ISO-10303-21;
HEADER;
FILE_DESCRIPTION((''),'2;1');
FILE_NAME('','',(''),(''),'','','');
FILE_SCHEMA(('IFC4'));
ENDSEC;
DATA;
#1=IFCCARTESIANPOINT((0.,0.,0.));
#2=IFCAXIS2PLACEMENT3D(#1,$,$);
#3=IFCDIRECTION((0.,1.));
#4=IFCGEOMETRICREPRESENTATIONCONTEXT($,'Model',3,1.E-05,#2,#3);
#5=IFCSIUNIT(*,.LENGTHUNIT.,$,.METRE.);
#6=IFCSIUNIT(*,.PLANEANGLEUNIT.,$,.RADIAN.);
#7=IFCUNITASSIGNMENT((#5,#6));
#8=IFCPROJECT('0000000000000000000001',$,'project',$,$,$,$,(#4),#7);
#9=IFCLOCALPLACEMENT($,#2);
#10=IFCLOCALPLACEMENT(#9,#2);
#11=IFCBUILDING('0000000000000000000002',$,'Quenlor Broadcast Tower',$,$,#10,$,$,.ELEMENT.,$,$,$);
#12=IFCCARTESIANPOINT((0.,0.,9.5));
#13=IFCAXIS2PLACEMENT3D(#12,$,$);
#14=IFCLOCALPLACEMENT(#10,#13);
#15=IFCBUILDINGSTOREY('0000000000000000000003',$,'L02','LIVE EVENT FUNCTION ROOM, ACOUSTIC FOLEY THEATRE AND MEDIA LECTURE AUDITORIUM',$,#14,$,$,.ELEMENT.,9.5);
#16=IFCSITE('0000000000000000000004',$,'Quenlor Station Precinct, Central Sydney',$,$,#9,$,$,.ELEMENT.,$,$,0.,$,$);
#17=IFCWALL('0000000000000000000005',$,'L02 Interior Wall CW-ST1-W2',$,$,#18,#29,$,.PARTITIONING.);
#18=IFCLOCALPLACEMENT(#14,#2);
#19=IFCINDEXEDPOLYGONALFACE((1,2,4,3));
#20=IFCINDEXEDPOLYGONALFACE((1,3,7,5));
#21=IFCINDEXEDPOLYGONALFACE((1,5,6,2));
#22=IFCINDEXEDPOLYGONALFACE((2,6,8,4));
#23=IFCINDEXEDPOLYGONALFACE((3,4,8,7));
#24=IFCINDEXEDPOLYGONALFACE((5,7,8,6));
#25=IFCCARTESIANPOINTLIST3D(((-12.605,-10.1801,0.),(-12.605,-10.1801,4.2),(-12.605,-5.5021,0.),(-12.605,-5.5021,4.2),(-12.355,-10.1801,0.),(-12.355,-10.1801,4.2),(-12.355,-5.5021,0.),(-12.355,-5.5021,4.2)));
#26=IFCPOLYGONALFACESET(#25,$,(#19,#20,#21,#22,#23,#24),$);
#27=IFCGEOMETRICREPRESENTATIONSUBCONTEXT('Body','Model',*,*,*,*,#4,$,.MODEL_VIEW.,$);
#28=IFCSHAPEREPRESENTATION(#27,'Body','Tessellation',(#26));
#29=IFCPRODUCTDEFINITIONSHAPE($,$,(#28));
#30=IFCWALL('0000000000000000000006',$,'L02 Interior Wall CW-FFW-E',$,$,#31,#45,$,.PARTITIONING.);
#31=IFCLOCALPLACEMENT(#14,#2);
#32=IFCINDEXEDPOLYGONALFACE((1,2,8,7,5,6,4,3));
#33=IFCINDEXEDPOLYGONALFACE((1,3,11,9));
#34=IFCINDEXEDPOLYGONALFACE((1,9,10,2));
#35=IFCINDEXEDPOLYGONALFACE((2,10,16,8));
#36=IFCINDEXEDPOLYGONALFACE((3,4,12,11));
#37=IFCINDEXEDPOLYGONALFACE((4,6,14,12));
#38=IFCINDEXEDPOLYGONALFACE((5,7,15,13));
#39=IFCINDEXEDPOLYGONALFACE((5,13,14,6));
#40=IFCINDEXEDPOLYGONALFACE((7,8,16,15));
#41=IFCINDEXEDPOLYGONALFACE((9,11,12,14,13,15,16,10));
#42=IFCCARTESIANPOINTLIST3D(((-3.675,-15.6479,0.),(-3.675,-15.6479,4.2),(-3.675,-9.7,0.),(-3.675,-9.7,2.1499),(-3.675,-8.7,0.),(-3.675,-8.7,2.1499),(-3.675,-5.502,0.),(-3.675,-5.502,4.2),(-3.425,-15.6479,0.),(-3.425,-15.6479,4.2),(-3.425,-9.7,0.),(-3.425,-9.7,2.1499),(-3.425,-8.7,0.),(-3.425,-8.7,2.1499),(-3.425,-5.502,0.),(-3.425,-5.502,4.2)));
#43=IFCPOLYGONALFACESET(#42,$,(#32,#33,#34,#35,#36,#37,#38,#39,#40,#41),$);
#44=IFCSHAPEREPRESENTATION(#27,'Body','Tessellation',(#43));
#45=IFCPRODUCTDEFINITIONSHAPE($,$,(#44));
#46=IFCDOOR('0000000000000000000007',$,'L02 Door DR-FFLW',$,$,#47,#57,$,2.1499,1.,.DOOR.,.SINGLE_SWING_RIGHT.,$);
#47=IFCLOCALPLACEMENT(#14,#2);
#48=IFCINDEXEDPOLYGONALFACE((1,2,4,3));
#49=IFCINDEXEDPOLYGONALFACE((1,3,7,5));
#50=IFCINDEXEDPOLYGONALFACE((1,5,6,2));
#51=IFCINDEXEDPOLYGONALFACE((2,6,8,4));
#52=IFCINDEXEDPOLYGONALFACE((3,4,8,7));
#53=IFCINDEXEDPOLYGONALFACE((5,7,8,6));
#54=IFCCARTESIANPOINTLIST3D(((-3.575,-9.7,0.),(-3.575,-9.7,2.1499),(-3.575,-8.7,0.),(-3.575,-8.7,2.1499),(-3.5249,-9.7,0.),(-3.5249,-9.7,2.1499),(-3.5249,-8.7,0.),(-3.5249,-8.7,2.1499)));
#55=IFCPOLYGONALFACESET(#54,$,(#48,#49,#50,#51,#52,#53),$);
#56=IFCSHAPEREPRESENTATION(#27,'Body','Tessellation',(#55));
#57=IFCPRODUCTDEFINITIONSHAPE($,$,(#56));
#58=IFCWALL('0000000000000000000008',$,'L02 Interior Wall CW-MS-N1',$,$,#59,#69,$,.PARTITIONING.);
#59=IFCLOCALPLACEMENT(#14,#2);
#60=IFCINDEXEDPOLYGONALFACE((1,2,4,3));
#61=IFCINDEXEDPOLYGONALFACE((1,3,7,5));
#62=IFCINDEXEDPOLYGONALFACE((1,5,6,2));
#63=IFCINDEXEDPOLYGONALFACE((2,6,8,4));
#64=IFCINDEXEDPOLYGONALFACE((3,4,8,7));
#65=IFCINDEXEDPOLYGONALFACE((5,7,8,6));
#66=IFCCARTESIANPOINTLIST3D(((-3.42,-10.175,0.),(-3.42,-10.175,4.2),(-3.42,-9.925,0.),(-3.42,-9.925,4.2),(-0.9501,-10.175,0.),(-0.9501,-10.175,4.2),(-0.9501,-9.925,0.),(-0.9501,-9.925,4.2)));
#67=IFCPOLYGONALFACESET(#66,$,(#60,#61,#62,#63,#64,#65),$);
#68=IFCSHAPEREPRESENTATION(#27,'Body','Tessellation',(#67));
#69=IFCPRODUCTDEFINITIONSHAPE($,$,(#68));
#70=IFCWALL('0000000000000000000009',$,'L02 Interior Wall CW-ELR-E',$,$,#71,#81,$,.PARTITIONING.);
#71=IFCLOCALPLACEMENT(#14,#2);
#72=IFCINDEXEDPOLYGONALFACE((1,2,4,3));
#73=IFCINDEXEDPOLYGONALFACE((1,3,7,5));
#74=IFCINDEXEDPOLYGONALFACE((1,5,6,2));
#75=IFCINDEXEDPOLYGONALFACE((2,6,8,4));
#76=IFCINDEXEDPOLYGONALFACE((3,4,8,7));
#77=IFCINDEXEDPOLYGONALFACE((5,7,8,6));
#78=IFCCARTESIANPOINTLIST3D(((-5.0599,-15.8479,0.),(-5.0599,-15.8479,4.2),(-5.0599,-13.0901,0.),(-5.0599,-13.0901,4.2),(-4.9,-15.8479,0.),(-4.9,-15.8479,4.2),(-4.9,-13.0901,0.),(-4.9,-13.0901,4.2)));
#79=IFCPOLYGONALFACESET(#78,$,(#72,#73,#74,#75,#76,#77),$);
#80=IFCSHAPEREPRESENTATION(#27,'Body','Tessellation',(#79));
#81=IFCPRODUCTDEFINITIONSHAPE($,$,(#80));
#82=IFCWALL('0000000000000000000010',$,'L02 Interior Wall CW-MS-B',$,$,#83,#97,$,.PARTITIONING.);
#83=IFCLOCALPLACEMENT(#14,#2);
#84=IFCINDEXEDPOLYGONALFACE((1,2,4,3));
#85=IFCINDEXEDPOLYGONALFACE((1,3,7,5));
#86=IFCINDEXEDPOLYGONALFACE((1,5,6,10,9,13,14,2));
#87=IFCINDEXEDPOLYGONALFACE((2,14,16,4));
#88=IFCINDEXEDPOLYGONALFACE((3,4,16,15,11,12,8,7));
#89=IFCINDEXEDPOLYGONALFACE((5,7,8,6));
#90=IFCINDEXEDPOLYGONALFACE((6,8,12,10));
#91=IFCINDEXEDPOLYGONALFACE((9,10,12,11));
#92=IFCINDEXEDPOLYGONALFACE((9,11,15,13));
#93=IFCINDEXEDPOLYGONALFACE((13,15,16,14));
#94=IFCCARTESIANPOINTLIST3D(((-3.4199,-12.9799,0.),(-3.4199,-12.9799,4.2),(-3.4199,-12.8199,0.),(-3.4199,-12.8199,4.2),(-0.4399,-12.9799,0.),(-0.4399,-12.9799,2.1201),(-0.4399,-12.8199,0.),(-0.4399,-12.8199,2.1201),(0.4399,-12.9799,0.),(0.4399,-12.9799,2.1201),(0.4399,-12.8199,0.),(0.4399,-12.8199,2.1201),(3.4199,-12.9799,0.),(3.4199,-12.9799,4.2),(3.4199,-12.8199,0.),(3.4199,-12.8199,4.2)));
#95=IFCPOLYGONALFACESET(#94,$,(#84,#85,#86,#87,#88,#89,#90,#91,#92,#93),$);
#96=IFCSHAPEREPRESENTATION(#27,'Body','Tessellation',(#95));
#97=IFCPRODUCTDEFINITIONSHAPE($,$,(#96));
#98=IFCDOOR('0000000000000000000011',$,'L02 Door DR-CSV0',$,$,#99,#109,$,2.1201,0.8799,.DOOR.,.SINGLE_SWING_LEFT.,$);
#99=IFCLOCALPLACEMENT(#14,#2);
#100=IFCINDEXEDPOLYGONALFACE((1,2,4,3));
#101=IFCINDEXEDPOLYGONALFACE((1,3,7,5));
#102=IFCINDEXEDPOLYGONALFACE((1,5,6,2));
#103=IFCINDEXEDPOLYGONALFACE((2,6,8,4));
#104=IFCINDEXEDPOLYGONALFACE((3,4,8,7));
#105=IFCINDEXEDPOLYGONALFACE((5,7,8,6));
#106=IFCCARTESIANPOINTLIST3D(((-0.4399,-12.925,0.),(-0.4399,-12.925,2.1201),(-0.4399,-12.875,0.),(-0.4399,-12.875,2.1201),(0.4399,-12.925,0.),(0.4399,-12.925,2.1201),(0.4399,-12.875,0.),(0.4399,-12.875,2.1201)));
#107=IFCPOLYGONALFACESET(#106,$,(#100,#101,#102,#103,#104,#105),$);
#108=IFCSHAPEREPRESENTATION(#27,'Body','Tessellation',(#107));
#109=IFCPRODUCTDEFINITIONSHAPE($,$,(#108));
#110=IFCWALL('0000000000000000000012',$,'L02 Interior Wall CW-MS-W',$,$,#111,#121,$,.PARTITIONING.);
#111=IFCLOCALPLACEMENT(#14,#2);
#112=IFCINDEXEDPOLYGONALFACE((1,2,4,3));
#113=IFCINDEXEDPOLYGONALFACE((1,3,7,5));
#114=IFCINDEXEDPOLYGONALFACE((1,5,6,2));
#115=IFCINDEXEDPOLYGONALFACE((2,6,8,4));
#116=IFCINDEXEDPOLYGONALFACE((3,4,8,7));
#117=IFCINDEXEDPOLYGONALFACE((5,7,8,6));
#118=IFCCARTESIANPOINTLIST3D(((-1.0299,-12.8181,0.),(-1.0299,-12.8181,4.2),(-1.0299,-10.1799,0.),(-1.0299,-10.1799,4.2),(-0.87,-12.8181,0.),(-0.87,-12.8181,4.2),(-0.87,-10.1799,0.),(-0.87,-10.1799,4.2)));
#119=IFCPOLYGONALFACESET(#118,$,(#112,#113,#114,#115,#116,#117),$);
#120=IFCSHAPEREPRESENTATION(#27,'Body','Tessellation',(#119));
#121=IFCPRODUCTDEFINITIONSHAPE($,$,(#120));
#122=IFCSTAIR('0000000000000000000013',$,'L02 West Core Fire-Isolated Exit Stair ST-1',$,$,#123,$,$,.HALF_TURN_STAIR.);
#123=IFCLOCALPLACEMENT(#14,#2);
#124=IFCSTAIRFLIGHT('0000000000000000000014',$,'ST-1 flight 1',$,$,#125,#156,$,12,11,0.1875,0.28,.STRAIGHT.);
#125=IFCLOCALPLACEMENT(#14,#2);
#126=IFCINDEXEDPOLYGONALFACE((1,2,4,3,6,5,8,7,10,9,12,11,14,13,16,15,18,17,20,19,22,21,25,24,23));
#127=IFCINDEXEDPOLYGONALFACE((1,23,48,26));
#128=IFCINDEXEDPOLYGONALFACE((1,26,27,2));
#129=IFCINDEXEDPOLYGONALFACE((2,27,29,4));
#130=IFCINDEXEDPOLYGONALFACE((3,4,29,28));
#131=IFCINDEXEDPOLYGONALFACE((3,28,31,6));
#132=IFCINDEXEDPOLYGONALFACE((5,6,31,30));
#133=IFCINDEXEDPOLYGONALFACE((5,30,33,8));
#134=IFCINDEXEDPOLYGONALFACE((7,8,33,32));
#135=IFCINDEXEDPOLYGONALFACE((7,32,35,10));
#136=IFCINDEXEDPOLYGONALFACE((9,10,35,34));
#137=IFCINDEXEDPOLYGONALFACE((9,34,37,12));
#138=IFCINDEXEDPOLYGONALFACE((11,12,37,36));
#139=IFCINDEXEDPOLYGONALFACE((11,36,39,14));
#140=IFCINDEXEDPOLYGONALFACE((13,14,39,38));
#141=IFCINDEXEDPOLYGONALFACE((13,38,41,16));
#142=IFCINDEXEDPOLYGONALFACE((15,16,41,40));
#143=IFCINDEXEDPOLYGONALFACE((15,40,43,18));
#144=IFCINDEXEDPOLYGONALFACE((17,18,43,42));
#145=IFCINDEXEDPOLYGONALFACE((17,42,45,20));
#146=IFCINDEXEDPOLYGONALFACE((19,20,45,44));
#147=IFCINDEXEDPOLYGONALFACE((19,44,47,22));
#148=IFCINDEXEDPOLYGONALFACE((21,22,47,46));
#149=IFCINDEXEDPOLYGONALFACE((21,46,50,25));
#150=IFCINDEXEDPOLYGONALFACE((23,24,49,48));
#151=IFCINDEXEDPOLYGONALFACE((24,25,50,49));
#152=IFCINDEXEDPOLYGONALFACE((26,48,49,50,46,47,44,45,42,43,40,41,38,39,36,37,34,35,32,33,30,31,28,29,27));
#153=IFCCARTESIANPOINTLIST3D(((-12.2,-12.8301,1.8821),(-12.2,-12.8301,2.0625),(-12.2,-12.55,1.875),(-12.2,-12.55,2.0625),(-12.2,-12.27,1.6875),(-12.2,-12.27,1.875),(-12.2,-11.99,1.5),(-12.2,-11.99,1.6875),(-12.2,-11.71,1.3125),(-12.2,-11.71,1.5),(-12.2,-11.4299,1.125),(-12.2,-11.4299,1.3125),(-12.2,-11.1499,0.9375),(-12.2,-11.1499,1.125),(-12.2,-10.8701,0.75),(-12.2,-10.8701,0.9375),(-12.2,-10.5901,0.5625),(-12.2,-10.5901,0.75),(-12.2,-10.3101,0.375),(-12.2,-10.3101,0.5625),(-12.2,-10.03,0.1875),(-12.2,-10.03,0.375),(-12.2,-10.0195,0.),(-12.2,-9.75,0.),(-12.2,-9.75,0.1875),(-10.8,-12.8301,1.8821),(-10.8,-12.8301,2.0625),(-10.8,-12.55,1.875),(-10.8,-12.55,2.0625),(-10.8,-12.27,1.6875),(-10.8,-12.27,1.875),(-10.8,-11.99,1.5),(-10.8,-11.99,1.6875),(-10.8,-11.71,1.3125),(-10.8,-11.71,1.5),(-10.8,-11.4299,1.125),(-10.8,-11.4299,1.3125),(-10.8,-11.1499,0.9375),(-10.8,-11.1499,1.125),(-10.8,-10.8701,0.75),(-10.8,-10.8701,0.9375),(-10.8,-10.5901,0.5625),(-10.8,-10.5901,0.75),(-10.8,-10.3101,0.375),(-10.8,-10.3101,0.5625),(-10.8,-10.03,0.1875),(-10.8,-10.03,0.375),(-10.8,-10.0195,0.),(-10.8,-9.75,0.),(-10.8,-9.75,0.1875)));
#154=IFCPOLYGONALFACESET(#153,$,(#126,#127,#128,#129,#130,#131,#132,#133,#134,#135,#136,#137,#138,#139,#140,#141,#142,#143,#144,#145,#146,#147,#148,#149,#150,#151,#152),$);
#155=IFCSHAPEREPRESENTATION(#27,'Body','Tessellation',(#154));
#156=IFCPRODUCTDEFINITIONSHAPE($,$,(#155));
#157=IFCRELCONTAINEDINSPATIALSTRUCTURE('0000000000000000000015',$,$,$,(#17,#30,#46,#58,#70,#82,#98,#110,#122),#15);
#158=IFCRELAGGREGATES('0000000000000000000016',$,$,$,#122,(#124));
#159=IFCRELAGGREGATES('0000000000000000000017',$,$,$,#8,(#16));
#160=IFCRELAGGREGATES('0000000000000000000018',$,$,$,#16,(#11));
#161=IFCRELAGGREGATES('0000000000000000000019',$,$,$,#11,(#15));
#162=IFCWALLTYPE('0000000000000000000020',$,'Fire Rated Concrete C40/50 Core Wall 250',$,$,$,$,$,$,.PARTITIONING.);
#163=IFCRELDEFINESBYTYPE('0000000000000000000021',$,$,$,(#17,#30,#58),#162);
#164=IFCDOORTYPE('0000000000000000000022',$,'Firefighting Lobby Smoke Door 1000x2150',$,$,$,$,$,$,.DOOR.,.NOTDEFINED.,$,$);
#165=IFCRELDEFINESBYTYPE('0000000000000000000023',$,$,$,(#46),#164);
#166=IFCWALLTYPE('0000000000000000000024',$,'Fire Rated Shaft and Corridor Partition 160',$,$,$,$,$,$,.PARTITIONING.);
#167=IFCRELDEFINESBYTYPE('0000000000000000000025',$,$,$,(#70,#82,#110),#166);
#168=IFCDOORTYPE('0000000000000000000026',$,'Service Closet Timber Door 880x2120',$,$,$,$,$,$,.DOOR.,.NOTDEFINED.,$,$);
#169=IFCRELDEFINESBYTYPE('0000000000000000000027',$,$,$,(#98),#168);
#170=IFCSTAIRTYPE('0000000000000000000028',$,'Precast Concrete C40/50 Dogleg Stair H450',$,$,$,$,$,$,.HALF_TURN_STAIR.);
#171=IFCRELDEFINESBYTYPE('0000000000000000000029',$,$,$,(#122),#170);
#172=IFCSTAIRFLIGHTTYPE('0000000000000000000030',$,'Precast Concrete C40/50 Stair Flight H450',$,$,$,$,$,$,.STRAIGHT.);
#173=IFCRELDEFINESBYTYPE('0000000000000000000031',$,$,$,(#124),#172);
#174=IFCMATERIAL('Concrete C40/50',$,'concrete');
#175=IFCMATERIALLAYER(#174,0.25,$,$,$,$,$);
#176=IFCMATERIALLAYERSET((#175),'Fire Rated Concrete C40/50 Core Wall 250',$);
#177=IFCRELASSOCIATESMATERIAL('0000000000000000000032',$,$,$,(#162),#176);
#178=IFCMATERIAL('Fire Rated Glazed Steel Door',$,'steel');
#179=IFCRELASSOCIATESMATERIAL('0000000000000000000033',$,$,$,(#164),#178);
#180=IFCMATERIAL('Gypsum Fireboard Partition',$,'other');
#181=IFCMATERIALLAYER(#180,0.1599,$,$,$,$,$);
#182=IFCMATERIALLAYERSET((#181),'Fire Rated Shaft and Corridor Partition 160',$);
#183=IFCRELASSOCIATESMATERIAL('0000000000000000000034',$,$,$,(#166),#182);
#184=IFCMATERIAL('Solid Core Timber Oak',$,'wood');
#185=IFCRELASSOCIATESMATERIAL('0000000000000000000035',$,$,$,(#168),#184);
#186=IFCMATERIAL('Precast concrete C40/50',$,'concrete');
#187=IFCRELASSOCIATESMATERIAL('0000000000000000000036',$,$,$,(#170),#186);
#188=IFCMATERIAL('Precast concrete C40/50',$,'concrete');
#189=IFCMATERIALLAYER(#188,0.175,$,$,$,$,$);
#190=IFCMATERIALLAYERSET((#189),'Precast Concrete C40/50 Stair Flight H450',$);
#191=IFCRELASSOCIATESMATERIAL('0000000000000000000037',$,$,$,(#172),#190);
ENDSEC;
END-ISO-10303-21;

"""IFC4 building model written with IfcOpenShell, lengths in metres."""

from ifc_helpers import new_model, si_unit, direction, frame, frame_2d, origin, place, context, subcontext, project, spatial, polyline, rectangle, outline, extrude, material, layer, layer_set, type_object, element, fill, aggregate, save


model = new_model("IFC4")

# Units and contexts
model_context = context("Model", 3, precision=1e-05, world=origin(), true_north=direction((0.0, 1.0)))
body_context = subcontext(model_context, "Body", "Model", "MODEL_VIEW")
ifc_project = project(units=[si_unit("LENGTHUNIT", "METRE"), si_unit("PLANEANGLEUNIT", "RADIAN")], contexts=[model_context])

# Site, building, storey
site_placement = place(None, origin())
site = spatial("IfcSite", under=ifc_project, at=site_placement, Name="Quenlor Station Precinct, Central Sydney", CompositionType="ELEMENT", RefElevation=0.0)
building_placement = place(site_placement, origin())
building = spatial("IfcBuilding", under=site, at=building_placement, Name="Quenlor Broadcast Tower", CompositionType="ELEMENT")
storey_placement = place(building_placement, frame((0.0, 0.0, 9.5)))
storey = spatial("IfcBuildingStorey", under=building, at=storey_placement, Name="L02", Description="LIVE EVENT FUNCTION ROOM, ACOUSTIC FOLEY THEATRE AND MEDIA LECTURE AUDITORIUM", CompositionType="ELEMENT", Elevation=9.5)

# Shared definitions
ifc_material_1 = material(Name="Concrete C40/50", Category="concrete")
ifc_layer_1 = layer(ifc_material_1, 0.25)
ifc_layer_set_1 = layer_set([ifc_layer_1], Name="Fire Rated Concrete C40/50 Core Wall 250")
wall_type_1 = type_object("IfcWallType", Name="Fire Rated Concrete C40/50 Core Wall 250", PredefinedType="PARTITIONING", material=ifc_layer_set_1)

# Wall
wall_1_placement = place(storey_placement, frame((-12.48, -10.1799, 0.0), z_axis=(0.0, 0.0, 1.0), x_axis=(0.0, 1.0, 0.0)))
element("IfcWall", 1, at=wall_1_placement, inside=storey, type_object=wall_type_1, Name="L02 Interior Wall CW-ST1-W2", PredefinedType="PARTITIONING", context=body_context, shape_type="SweptSolid", body=[
    extrude(rectangle(XDim=4.678, YDim=0.25, at=frame_2d((2.3389, 0.0))), origin(), (0.0, 0.0, 1.0), 4.2),
])

# Wall, opening, door
wall_2_placement = place(storey_placement, frame((-3.55, -15.6479, 0.0), z_axis=(0.0, 0.0, 1.0), x_axis=(0.0, 1.0, 0.0)))
wall_2 = element("IfcWall", 2, at=wall_2_placement, inside=storey, type_object=wall_type_1, Name="L02 Interior Wall CW-FFW-E", PredefinedType="PARTITIONING", context=body_context, shape_type="SweptSolid", body=[
    extrude(rectangle(XDim=10.146, YDim=0.25, at=frame_2d((5.073, 0.0))), origin(), (0.0, 0.0, 1.0), 4.2),
])
opening_1_placement = place(wall_2_placement, frame((5.948, 0.0, 0.0)))
opening_1 = element("IfcOpeningElement", 3, at=opening_1_placement, cuts=wall_2, PredefinedType="OPENING", context=body_context, shape_type="SweptSolid", body=[
    extrude(rectangle(XDim=1.0, YDim=2.1499, at=frame_2d((0.5, 1.075))), frame((0.0, 0.135, 0.0), z_axis=(0.0, -1.0, 0.0), x_axis=(1.0, 0.0, 0.0)), (0.0, 0.0, 1.0), 0.27),
])
ifc_material_2 = material(Name="Fire Rated Glazed Steel Door", Category="steel")
door_type_1 = type_object("IfcDoorType", Name="Firefighting Lobby Smoke Door 1000x2150", OperationType="NOTDEFINED", PredefinedType="DOOR", material=ifc_material_2)
door_1_placement = place(opening_1_placement, origin())
door_1 = element("IfcDoor", 4, at=door_1_placement, inside=storey, type_object=door_type_1, Name="L02 Door DR-FFLW", OperationType="SINGLE_SWING_RIGHT", OverallHeight=2.1499, OverallWidth=1.0, PredefinedType="DOOR", context=body_context, shape_type="SweptSolid", body=[
    extrude(rectangle(XDim=1.0, YDim=2.1499, at=frame_2d((0.5, 1.075))), frame((0.0, 0.0249, 0.0), z_axis=(0.0, -1.0, 0.0), x_axis=(1.0, 0.0, 0.0)), (0.0, 0.0, 1.0), 0.05),
])
fill(opening_1, door_1)

# Walls
wall_3_placement = place(storey_placement, frame((-3.4199, -10.05, 0.0), z_axis=(0.0, 0.0, 1.0), x_axis=(1.0, 0.0, 0.0)))
element("IfcWall", 5, at=wall_3_placement, inside=storey, type_object=wall_type_1, Name="L02 Interior Wall CW-MS-N1", PredefinedType="PARTITIONING", context=body_context, shape_type="SweptSolid", body=[
    extrude(rectangle(XDim=2.47, YDim=0.25, at=frame_2d((1.2349, 0.0))), origin(), (0.0, 0.0, 1.0), 4.2),
])
ifc_material_3 = material(Name="Gypsum Fireboard Partition", Category="other")
ifc_layer_2 = layer(ifc_material_3, 0.1599)
ifc_layer_set_2 = layer_set([ifc_layer_2], Name="Fire Rated Shaft and Corridor Partition 160")
wall_type_2 = type_object("IfcWallType", Name="Fire Rated Shaft and Corridor Partition 160", PredefinedType="PARTITIONING", material=ifc_layer_set_2)
wall_4_placement = place(storey_placement, frame((-4.98, -15.8479, 0.0), z_axis=(0.0, 0.0, 1.0), x_axis=(0.0, 1.0, 0.0)))
element("IfcWall", 6, at=wall_4_placement, inside=storey, type_object=wall_type_2, Name="L02 Interior Wall CW-ELR-E", PredefinedType="PARTITIONING", context=body_context, shape_type="SweptSolid", body=[
    extrude(rectangle(XDim=2.7578, YDim=0.1599, at=frame_2d((1.3789, 0.0))), origin(), (0.0, 0.0, 1.0), 4.2),
])

# Wall, opening, door
wall_5_placement = place(storey_placement, frame((-3.4199, -12.8999, 0.0), z_axis=(0.0, 0.0, 1.0), x_axis=(1.0, 0.0, 0.0)))
wall_5 = element("IfcWall", 7, at=wall_5_placement, inside=storey, type_object=wall_type_2, Name="L02 Interior Wall CW-MS-B", PredefinedType="PARTITIONING", context=body_context, shape_type="SweptSolid", body=[
    extrude(rectangle(XDim=6.8398, YDim=0.1599, at=frame_2d((3.4199, 0.0))), origin(), (0.0, 0.0, 1.0), 4.2),
])
opening_2_placement = place(wall_5_placement, frame((2.98, 0.0, 0.0)))
opening_2 = element("IfcOpeningElement", 8, at=opening_2_placement, cuts=wall_5, PredefinedType="OPENING", context=body_context, shape_type="SweptSolid", body=[
    extrude(rectangle(XDim=0.8799, YDim=2.1201, at=frame_2d((0.4399, 1.0601))), frame((0.0, 0.0898, 0.0), z_axis=(0.0, -1.0, 0.0), x_axis=(1.0, 0.0, 0.0)), (0.0, 0.0, 1.0), 0.1799),
])
ifc_material_4 = material(Name="Solid Core Timber Oak", Category="wood")
door_type_2 = type_object("IfcDoorType", Name="Service Closet Timber Door 880x2120", OperationType="NOTDEFINED", PredefinedType="DOOR", material=ifc_material_4)
door_2_placement = place(opening_2_placement, origin())
door_2 = element("IfcDoor", 9, at=door_2_placement, inside=storey, type_object=door_type_2, Name="L02 Door DR-CSV0", OperationType="SINGLE_SWING_LEFT", OverallHeight=2.1201, OverallWidth=0.8799, PredefinedType="DOOR", context=body_context, shape_type="SweptSolid", body=[
    extrude(rectangle(XDim=0.8799, YDim=2.1201, at=frame_2d((0.4399, 1.0601))), frame((0.0, 0.0249, 0.0), z_axis=(0.0, -1.0, 0.0), x_axis=(1.0, 0.0, 0.0)), (0.0, 0.0, 1.0), 0.05),
])
fill(opening_2, door_2)

# Wall
wall_6_placement = place(storey_placement, frame((-0.95, -12.8181, 0.0), z_axis=(0.0, 0.0, 1.0), x_axis=(0.0, 1.0, 0.0)))
element("IfcWall", 10, at=wall_6_placement, inside=storey, type_object=wall_type_2, Name="L02 Interior Wall CW-MS-W", PredefinedType="PARTITIONING", context=body_context, shape_type="SweptSolid", body=[
    extrude(rectangle(XDim=2.6382, YDim=0.1599, at=frame_2d((1.3191, 0.0))), origin(), (0.0, 0.0, 1.0), 4.2),
])

# Stair, stair flight
ifc_material_5 = material(Name="Precast concrete C40/50", Category="concrete")
stair_type = type_object("IfcStairType", Name="Precast Concrete C40/50 Dogleg Stair H450", PredefinedType="HALF_TURN_STAIR", material=ifc_material_5)
stair_placement = place(storey_placement, origin())
stair = element("IfcStair", 11, at=stair_placement, inside=storey, type_object=stair_type, Name="L02 West Core Fire-Isolated Exit Stair ST-1", PredefinedType="HALF_TURN_STAIR")
ifc_material_6 = material(Name="Precast concrete C40/50", Category="concrete")
ifc_layer_3 = layer(ifc_material_6, 0.175)
ifc_layer_set_3 = layer_set([ifc_layer_3], Name="Precast Concrete C40/50 Stair Flight H450")
stair_flight_type = type_object("IfcStairFlightType", Name="Precast Concrete C40/50 Stair Flight H450", PredefinedType="STRAIGHT", material=ifc_layer_set_3)
stair_flight_1_placement = place(storey_placement, frame((-11.5, -9.75, 0.0), z_axis=(0.0, 0.0, 1.0), x_axis=(0.0, -1.0, 0.0)))
stair_flight_1 = element("IfcStairFlight", 12, at=stair_flight_1_placement, type_object=stair_flight_type, Name="ST-1 flight 1", NumberOfRisers=12, NumberOfTreads=11, PredefinedType="STRAIGHT", RiserHeight=0.1875, TreadLength=0.28, context=body_context, shape_type="SweptSolid", body=[
    extrude(outline(polyline([(0.0, 0.0), (0.0, 0.1875), (0.28, 0.1875), (0.28, 0.375), (0.5601, 0.375), (0.5601, 0.5625), (0.8401, 0.5625), (0.8401, 0.75), (1.1201, 0.75), (1.1201, 0.9375), (1.3999, 0.9375), (1.3999, 1.125), (1.6799, 1.125), (1.6799, 1.3125), (1.96, 1.3125), (1.96, 1.5), (2.24, 1.5), (2.24, 1.6875), (2.52, 1.6875), (2.52, 1.875), (2.8, 1.875), (2.8, 2.0625), (3.0801, 2.0625), (3.0801, 2.25), (3.0801, 1.8821), (0.2695, 0.0), (0.0, 0.0)])), frame((0.0, 0.7, 0.0), z_axis=(0.0, -1.0, 0.0), x_axis=(1.0, 0.0, 0.0)), (0.0, 0.0, 1.0), 1.3999),
])
aggregate(stair, [stair_flight_1])

save(model, "model.ifc")
